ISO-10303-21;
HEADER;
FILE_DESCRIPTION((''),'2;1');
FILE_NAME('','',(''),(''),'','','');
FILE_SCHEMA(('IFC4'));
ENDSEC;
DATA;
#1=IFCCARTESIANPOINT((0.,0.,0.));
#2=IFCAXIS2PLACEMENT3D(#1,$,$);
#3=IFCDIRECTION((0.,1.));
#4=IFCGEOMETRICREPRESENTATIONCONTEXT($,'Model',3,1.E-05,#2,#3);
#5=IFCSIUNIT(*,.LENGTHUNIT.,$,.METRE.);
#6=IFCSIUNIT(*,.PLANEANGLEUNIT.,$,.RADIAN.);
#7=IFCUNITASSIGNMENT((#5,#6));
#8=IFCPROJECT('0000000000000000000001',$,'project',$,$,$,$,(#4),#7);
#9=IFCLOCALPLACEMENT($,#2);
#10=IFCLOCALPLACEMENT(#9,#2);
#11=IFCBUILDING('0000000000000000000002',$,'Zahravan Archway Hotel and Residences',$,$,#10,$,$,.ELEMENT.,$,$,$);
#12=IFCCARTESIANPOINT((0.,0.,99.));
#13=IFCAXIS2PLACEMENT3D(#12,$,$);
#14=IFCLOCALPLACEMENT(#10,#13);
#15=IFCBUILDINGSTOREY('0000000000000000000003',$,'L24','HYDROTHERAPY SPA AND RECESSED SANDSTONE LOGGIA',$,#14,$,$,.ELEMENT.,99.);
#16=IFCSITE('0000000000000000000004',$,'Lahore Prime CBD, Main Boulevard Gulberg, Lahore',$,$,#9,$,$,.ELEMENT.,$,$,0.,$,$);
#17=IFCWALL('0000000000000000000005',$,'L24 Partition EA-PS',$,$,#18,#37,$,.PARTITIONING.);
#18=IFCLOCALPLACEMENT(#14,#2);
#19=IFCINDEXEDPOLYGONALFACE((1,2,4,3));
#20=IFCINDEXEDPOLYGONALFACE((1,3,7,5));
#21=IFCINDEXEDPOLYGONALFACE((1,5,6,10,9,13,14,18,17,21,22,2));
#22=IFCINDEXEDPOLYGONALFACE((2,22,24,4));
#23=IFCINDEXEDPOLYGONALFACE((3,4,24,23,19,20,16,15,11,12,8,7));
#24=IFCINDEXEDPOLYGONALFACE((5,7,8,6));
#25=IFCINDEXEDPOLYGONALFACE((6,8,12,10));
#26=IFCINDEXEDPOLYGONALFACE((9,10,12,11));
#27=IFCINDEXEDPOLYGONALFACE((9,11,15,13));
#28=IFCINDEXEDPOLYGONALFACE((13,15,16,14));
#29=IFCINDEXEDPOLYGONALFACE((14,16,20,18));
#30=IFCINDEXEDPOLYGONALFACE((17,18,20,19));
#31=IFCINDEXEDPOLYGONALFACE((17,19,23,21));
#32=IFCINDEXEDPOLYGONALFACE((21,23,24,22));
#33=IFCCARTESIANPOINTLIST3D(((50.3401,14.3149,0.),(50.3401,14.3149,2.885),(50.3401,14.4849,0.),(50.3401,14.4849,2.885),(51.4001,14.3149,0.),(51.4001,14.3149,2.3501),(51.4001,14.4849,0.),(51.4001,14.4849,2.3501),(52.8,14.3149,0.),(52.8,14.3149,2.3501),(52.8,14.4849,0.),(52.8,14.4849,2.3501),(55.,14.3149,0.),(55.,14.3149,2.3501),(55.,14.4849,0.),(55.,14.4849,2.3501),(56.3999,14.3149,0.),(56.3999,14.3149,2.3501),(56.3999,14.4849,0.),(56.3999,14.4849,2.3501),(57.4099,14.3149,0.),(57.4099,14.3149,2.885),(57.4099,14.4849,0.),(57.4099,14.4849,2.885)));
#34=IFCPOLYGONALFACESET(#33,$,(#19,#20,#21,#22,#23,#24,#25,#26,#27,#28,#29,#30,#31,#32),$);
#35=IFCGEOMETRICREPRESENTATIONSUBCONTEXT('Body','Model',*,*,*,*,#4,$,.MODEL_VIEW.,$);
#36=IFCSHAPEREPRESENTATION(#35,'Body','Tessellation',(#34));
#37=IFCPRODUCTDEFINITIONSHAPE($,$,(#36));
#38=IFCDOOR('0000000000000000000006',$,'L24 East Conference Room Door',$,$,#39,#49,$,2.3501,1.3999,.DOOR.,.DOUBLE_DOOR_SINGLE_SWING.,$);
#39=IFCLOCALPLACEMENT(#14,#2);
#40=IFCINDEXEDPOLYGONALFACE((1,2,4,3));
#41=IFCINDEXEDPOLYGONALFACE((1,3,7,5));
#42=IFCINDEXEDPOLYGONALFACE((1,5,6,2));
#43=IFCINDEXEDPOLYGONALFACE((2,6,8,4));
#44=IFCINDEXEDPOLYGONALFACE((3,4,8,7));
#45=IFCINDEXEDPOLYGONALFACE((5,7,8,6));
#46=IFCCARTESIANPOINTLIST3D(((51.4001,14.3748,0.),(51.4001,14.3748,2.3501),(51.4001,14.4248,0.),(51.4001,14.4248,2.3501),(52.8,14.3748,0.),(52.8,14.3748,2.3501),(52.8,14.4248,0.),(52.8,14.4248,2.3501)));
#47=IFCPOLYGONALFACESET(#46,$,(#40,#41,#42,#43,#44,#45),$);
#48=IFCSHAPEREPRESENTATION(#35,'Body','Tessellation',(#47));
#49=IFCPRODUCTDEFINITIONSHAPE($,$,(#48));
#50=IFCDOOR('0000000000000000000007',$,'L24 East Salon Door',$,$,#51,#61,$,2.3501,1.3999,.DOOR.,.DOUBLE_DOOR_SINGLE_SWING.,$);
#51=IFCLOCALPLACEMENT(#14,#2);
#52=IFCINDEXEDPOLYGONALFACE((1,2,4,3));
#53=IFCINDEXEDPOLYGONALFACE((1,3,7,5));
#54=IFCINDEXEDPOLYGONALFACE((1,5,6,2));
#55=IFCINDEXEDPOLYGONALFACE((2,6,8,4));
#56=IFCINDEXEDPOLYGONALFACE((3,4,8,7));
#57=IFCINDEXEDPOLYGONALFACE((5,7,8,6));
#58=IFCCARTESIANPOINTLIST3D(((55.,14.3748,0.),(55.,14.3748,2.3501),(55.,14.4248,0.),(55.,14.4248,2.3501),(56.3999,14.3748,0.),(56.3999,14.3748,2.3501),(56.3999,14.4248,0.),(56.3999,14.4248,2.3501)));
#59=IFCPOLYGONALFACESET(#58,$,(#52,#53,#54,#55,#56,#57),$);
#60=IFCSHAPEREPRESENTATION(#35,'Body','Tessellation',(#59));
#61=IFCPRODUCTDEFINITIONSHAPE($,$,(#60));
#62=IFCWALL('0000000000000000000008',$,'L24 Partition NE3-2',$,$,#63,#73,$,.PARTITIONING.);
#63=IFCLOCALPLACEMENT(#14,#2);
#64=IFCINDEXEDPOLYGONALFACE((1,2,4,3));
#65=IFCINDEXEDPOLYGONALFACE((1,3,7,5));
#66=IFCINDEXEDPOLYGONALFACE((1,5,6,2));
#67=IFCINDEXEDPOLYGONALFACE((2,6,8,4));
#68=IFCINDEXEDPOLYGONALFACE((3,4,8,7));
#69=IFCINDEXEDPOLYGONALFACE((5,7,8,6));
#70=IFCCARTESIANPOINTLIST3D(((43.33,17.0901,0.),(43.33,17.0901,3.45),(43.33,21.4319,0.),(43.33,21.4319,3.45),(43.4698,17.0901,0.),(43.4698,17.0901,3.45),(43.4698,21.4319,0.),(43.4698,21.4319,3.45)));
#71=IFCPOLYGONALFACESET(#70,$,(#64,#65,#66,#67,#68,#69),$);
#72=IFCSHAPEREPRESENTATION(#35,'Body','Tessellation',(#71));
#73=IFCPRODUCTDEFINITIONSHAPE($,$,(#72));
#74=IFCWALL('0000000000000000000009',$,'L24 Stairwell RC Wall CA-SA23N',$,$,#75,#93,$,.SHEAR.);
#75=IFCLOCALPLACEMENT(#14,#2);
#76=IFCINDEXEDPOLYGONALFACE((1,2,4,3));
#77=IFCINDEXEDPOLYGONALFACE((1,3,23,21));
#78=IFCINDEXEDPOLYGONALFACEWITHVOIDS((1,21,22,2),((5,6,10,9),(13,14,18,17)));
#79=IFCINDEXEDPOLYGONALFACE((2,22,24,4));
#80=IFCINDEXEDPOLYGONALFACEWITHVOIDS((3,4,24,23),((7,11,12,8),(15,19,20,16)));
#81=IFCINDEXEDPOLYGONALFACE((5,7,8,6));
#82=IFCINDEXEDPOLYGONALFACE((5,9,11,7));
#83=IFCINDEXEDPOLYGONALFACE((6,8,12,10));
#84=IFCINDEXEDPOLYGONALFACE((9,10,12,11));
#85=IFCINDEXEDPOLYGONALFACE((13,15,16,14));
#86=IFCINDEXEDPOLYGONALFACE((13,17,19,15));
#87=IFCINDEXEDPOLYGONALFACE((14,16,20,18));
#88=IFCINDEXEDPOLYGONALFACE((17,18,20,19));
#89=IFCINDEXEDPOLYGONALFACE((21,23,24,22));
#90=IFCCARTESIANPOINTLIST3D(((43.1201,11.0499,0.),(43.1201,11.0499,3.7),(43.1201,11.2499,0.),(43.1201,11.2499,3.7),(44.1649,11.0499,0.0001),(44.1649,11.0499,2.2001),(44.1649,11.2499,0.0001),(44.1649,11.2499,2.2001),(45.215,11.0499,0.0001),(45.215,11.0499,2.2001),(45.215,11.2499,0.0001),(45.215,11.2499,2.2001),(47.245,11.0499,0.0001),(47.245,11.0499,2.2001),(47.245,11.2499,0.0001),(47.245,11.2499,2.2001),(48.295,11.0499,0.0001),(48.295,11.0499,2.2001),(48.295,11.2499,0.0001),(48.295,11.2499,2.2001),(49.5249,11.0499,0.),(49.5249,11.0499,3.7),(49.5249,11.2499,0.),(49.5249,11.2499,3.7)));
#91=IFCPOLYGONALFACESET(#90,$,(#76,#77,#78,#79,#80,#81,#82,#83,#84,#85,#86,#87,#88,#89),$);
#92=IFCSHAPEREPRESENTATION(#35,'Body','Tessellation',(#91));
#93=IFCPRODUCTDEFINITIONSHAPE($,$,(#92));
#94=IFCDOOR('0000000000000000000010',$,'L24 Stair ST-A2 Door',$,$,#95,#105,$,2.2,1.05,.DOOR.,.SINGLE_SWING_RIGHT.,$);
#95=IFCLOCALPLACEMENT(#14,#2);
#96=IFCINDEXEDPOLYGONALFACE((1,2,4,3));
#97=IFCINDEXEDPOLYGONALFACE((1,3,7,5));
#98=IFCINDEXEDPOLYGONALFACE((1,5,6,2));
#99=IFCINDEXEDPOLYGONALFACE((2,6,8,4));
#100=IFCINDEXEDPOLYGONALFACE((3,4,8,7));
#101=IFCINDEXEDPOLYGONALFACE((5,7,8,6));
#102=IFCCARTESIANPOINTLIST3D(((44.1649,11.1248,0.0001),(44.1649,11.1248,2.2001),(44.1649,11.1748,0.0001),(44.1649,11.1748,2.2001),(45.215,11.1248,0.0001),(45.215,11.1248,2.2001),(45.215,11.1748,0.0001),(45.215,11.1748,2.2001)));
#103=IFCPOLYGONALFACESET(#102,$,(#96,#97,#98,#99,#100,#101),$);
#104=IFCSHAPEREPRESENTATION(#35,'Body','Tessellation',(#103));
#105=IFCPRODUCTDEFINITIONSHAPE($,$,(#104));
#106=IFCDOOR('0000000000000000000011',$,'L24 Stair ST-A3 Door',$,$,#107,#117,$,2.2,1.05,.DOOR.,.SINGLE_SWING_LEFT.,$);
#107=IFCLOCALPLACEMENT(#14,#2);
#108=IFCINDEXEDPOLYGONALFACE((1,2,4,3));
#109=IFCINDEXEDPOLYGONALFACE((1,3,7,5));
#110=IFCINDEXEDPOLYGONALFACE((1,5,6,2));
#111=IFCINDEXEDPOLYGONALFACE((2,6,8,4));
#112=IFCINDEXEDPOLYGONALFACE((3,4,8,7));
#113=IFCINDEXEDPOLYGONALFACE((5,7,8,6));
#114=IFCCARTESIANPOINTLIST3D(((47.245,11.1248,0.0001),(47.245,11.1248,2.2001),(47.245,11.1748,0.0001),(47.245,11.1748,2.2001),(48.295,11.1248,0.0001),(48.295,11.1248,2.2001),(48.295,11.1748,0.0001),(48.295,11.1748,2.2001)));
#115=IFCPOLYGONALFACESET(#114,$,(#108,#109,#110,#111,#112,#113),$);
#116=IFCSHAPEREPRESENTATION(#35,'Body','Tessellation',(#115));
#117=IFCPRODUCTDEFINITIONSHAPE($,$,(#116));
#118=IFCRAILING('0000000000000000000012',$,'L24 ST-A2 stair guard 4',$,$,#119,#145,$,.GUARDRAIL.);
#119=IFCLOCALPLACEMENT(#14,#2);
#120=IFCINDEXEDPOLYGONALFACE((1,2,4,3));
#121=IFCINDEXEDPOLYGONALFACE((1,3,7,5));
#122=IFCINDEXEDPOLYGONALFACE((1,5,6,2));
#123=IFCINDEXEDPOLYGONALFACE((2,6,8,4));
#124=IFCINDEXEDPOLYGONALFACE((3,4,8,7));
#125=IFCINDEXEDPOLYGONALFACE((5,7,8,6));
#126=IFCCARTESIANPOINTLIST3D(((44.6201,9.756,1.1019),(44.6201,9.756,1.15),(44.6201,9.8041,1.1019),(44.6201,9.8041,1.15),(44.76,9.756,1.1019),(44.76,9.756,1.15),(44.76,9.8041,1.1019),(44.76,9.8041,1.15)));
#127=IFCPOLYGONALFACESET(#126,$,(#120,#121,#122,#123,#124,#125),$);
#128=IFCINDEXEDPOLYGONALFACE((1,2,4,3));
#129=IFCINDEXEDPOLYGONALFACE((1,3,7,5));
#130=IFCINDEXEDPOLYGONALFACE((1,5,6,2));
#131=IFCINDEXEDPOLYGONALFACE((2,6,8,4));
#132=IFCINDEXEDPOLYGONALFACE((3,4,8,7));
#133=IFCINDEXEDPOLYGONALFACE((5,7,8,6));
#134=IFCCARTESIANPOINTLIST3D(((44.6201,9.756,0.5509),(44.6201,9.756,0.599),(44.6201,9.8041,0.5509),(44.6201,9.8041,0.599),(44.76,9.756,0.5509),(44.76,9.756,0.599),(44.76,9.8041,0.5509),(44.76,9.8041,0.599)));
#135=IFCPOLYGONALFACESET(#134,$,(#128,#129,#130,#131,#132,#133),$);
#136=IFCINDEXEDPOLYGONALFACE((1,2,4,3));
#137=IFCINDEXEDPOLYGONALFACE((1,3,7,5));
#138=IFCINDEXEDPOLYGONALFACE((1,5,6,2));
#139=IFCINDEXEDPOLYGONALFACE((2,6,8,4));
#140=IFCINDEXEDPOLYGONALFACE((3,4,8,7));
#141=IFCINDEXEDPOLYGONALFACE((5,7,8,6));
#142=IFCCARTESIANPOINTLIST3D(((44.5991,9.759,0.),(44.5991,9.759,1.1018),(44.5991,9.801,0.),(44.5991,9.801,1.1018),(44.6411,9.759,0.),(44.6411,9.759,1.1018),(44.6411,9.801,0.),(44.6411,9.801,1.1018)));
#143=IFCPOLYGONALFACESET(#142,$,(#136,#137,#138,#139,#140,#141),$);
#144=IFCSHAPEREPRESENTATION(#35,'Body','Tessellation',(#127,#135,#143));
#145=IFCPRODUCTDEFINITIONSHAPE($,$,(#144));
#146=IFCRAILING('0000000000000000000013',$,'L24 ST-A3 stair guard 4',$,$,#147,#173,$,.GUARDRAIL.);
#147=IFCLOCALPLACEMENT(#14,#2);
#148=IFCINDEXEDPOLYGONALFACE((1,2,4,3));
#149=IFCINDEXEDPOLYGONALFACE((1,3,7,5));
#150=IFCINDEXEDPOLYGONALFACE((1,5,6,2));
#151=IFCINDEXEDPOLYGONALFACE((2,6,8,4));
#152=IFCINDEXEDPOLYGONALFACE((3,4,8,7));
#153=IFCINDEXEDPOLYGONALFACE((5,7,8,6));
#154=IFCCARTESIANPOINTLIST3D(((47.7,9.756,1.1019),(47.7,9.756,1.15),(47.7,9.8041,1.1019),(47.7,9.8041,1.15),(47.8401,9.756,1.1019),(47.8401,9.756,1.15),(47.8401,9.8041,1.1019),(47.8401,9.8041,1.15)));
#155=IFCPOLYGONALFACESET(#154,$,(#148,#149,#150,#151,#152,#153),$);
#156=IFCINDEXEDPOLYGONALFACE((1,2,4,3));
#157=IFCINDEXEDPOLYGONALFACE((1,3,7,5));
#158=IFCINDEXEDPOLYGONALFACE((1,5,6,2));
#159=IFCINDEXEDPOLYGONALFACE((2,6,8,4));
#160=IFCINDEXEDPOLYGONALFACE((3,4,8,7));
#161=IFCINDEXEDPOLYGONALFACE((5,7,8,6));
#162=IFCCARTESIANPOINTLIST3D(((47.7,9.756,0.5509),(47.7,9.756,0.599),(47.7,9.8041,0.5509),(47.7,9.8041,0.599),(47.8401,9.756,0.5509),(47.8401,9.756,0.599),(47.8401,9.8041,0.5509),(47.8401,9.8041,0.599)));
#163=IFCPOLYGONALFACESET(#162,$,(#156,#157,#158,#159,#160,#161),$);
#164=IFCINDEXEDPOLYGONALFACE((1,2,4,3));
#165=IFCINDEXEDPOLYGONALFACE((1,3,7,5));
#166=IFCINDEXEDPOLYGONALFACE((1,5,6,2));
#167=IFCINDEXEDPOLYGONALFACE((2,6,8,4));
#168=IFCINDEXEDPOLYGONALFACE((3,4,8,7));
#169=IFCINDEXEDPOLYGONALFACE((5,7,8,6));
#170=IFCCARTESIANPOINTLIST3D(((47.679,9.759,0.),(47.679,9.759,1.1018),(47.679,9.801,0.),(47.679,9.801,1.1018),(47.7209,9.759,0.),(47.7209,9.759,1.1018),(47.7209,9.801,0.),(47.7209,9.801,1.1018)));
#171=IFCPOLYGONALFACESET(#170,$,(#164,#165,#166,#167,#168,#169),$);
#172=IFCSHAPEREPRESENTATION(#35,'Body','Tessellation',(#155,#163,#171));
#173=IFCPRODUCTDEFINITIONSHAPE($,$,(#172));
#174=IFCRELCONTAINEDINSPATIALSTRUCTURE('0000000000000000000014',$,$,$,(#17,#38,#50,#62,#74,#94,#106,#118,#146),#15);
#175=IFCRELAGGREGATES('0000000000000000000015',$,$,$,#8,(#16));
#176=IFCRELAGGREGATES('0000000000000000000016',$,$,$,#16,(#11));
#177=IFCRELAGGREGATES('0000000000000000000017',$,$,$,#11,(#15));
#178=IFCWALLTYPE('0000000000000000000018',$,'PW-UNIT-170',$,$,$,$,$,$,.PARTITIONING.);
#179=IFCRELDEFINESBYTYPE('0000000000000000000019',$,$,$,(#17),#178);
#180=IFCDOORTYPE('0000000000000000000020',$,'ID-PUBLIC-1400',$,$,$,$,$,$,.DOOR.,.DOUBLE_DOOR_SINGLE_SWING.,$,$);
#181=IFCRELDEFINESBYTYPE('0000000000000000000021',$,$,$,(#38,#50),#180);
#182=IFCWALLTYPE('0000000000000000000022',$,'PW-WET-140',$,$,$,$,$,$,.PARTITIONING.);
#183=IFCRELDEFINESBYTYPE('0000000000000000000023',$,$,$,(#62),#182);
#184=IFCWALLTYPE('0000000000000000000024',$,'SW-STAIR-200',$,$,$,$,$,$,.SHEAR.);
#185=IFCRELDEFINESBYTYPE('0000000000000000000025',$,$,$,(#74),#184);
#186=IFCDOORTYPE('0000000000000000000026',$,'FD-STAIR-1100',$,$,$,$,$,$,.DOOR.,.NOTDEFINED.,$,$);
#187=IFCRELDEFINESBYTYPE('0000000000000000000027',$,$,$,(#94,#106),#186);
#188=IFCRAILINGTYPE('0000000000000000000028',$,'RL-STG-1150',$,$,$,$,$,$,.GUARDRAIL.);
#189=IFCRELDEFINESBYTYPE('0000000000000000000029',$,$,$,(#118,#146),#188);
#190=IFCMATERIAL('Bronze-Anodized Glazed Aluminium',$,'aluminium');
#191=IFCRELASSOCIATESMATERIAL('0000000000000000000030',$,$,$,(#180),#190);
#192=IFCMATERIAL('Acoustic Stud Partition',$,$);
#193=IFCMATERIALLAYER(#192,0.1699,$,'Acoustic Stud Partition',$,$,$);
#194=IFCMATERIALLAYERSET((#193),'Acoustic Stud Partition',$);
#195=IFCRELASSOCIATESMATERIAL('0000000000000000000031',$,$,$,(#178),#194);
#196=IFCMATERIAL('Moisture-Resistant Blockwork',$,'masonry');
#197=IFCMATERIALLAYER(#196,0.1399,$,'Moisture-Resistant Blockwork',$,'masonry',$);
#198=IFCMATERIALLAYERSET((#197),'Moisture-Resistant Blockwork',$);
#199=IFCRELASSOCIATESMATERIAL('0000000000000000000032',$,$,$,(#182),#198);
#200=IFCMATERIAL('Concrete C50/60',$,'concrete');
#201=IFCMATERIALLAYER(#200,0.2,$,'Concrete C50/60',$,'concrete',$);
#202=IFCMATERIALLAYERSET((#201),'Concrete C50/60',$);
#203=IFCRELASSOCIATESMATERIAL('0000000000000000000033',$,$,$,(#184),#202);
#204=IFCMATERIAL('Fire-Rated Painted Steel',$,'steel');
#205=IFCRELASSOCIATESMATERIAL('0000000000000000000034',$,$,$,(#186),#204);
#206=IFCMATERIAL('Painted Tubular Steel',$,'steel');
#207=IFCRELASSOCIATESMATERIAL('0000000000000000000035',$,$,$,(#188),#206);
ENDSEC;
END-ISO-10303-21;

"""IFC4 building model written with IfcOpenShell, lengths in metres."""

from ifc_helpers import new_model, si_unit, direction, frame, frame_2d, origin, origin_2d, place, context, subcontext, project, spatial, rectangle, extrude, source, transform, mapped, material, layer, layer_set, type_object, type_shapes, element, fill, save


model = new_model("IFC4")

# Units and contexts
model_context = context("Model", 3, precision=1e-05, world=origin(), true_north=direction((0.0, 1.0)))
body_context = subcontext(model_context, "Body", "Model", "MODEL_VIEW")
ifc_project = project(units=[si_unit("LENGTHUNIT", "METRE"), si_unit("PLANEANGLEUNIT", "RADIAN")], contexts=[model_context])

# Site, building, storey
site_placement = place(None, origin())
site = spatial("IfcSite", under=ifc_project, at=site_placement, Name="Lahore Prime CBD, Main Boulevard Gulberg, Lahore", CompositionType="ELEMENT", RefElevation=0.0)
building_placement = place(site_placement, origin())
building = spatial("IfcBuilding", under=site, at=building_placement, Name="Zahravan Archway Hotel and Residences", CompositionType="ELEMENT")
storey_placement = place(building_placement, frame((0.0, 0.0, 99.0)))
storey = spatial("IfcBuildingStorey", under=building, at=storey_placement, Name="L24", Description="HYDROTHERAPY SPA AND RECESSED SANDSTONE LOGGIA", CompositionType="ELEMENT", Elevation=99.0)

# Shared definitions
ifc_material_1 = material(Name="Fire-Rated Painted Steel", Category="steel")
ifc_material_2 = material(Name="Bronze-Anodized Glazed Aluminium", Category="aluminium")
door_type_1 = type_object("IfcDoorType", Name="ID-PUBLIC-1400", OperationType="DOUBLE_DOOR_SINGLE_SWING", PredefinedType="DOOR", material=ifc_material_2)
shared_shape_1 = source(origin(), body_context, "Body", "SweptSolid", [
    extrude(rectangle(XDim=1.3999, YDim=2.3501, at=frame_2d((0.7, 1.175))), frame((0.0, 0.0249, 0.0), z_axis=(0.0, -1.0, 0.0), x_axis=(1.0, 0.0, 0.0)), (0.0, 0.0, 1.0), 0.05),
])
type_shapes(door_type_1, [shared_shape_1])

# Wall, openings, doors
ifc_material_3 = material(Name="Acoustic Stud Partition")
ifc_layer_1 = layer(ifc_material_3, 0.1699, Name="Acoustic Stud Partition")
ifc_layer_set_1 = layer_set([ifc_layer_1], Name="Acoustic Stud Partition")
wall_type_1 = type_object("IfcWallType", Name="PW-UNIT-170", PredefinedType="PARTITIONING", material=ifc_layer_set_1)
wall_1_placement = place(storey_placement, frame((50.3401, 14.3999, 0.0), z_axis=(0.0, 0.0, 1.0), x_axis=(1.0, 0.0, 0.0)))
wall_1 = element("IfcWall", 1, at=wall_1_placement, inside=storey, type_object=wall_type_1, Name="L24 Partition EA-PS", PredefinedType="PARTITIONING", context=body_context, shape_type="SweptSolid", body=[
    extrude(rectangle(XDim=7.0698, YDim=0.1699, at=frame_2d((3.5349, 0.0))), origin(), (0.0, 0.0, 1.0), 2.885),
])
opening_1_placement = place(wall_1_placement, frame((1.0601, 0.0, 0.0)))
opening_1 = element("IfcOpeningElement", 2, at=opening_1_placement, cuts=wall_1, PredefinedType="OPENING", context=body_context, shape_type="SweptSolid", body=[
    extrude(rectangle(XDim=1.3999, YDim=2.3501, at=frame_2d((0.7, 1.175))), frame((0.0, 0.095, 0.0), z_axis=(0.0, -1.0, 0.0), x_axis=(1.0, 0.0, 0.0)), (0.0, 0.0, 1.0), 0.1899),
])
opening_2_placement = place(wall_1_placement, frame((4.6599, 0.0, 0.0)))
opening_2 = element("IfcOpeningElement", 3, at=opening_2_placement, cuts=wall_1, PredefinedType="OPENING", context=body_context, shape_type="SweptSolid", body=[
    extrude(rectangle(XDim=1.3999, YDim=2.3501, at=frame_2d((0.7, 1.175))), frame((0.0, 0.095, 0.0), z_axis=(0.0, -1.0, 0.0), x_axis=(1.0, 0.0, 0.0)), (0.0, 0.0, 1.0), 0.1899),
])
door_1_placement = place(opening_1_placement, origin())
door_1 = element("IfcDoor", 4, at=door_1_placement, inside=storey, type_object=door_type_1, Name="L24 East Conference Room Door", OperationType="DOUBLE_DOOR_SINGLE_SWING", OverallHeight=2.3501, OverallWidth=1.3999, PredefinedType="DOOR", context=body_context, shape_type="MappedRepresentation", body=[
    mapped(shared_shape_1, transform((0.0, 0.0, 0.0), scale=1.0)),
])
fill(opening_1, door_1)
door_2_placement = place(opening_2_placement, origin())
door_2 = element("IfcDoor", 5, at=door_2_placement, inside=storey, type_object=door_type_1, Name="L24 East Salon Door", OperationType="DOUBLE_DOOR_SINGLE_SWING", OverallHeight=2.3501, OverallWidth=1.3999, PredefinedType="DOOR", context=body_context, shape_type="MappedRepresentation", body=[
    mapped(shared_shape_1, transform((0.0, 0.0, 0.0), scale=1.0)),
])
fill(opening_2, door_2)

# Wall
ifc_material_4 = material(Name="Moisture-Resistant Blockwork", Category="masonry")
ifc_layer_2 = layer(ifc_material_4, 0.1399, Name="Moisture-Resistant Blockwork", Category="masonry")
ifc_layer_set_2 = layer_set([ifc_layer_2], Name="Moisture-Resistant Blockwork")
wall_type_2 = type_object("IfcWallType", Name="PW-WET-140", PredefinedType="PARTITIONING", material=ifc_layer_set_2)
wall_2_placement = place(storey_placement, frame((43.3999, 17.0901, 0.0), z_axis=(0.0, 0.0, 1.0), x_axis=(0.0, 1.0, 0.0)))
element("IfcWall", 6, at=wall_2_placement, inside=storey, type_object=wall_type_2, Name="L24 Partition NE3-2", PredefinedType="PARTITIONING", context=body_context, shape_type="SweptSolid", body=[
    extrude(rectangle(XDim=4.3418, YDim=0.1399, at=frame_2d((2.1709, 0.0))), origin(), (0.0, 0.0, 1.0), 3.45),
])

# Wall, openings, doors
ifc_material_5 = material(Name="Concrete C50/60", Category="concrete")
ifc_layer_3 = layer(ifc_material_5, 0.2, Name="Concrete C50/60", Category="concrete")
ifc_layer_set_3 = layer_set([ifc_layer_3], Name="Concrete C50/60")
wall_type_3 = type_object("IfcWallType", Name="SW-STAIR-200", PredefinedType="SHEAR", material=ifc_layer_set_3)
wall_3_placement = place(storey_placement, frame((43.1201, 11.1499, 0.0), z_axis=(0.0, 0.0, 1.0), x_axis=(1.0, 0.0, 0.0)))
wall_3 = element("IfcWall", 7, at=wall_3_placement, inside=storey, type_object=wall_type_3, Name="L24 Stairwell RC Wall CA-SA23N", PredefinedType="SHEAR", context=body_context, shape_type="SweptSolid", body=[
    extrude(rectangle(XDim=6.4048, YDim=0.2, at=frame_2d((3.2024, 0.0))), origin(), (0.0, 0.0, 1.0), 3.7),
])
opening_3_placement = place(wall_3_placement, frame((1.0449, 0.0, 0.0)))
opening_3 = element("IfcOpeningElement", 8, at=opening_3_placement, cuts=wall_3, PredefinedType="OPENING", context=body_context, shape_type="SweptSolid", body=[
    extrude(rectangle(XDim=1.05, YDim=2.2, at=frame_2d((0.5249, 1.1001))), frame((0.0, 0.1099, 0.0), z_axis=(0.0, -1.0, 0.0), x_axis=(1.0, 0.0, 0.0)), (0.0, 0.0, 1.0), 0.22),
])
opening_4_placement = place(wall_3_placement, frame((4.125, 0.0, 0.0)))
opening_4 = element("IfcOpeningElement", 9, at=opening_4_placement, cuts=wall_3, PredefinedType="OPENING", context=body_context, shape_type="SweptSolid", body=[
    extrude(rectangle(XDim=1.05, YDim=2.2, at=frame_2d((0.5249, 1.1001))), frame((0.0, 0.1099, 0.0), z_axis=(0.0, -1.0, 0.0), x_axis=(1.0, 0.0, 0.0)), (0.0, 0.0, 1.0), 0.22),
])
door_type_2 = type_object("IfcDoorType", Name="FD-STAIR-1100", OperationType="NOTDEFINED", PredefinedType="DOOR", material=ifc_material_1)
shared_shape_2 = source(origin(), body_context, "Body", "SweptSolid", [
    extrude(rectangle(XDim=1.05, YDim=2.2, at=frame_2d((0.5249, 1.1001))), frame((0.0, 0.0249, 0.0), z_axis=(0.0, -1.0, 0.0), x_axis=(1.0, 0.0, 0.0)), (0.0, 0.0, 1.0), 0.05),
])
type_shapes(door_type_2, [shared_shape_2])
door_3_placement = place(opening_3_placement, origin())
door_3 = element("IfcDoor", 10, at=door_3_placement, inside=storey, type_object=door_type_2, Name="L24 Stair ST-A2 Door", OperationType="SINGLE_SWING_RIGHT", OverallHeight=2.2, OverallWidth=1.05, PredefinedType="DOOR", context=body_context, shape_type="MappedRepresentation", body=[
    mapped(shared_shape_2, transform((0.0, 0.0, 0.0), scale=1.0)),
])
fill(opening_3, door_3)
door_4_placement = place(opening_4_placement, origin())
door_4 = element("IfcDoor", 11, at=door_4_placement, inside=storey, type_object=door_type_2, Name="L24 Stair ST-A3 Door", OperationType="SINGLE_SWING_LEFT", OverallHeight=2.2, OverallWidth=1.05, PredefinedType="DOOR", context=body_context, shape_type="MappedRepresentation", body=[
    mapped(shared_shape_2, transform((0.0, 0.0, 0.0), scale=1.0)),
])
fill(opening_4, door_4)

# Railings
ifc_material_6 = material(Name="Painted Tubular Steel", Category="steel")
railing_type_1 = type_object("IfcRailingType", Name="RL-STG-1150", PredefinedType="GUARDRAIL", material=ifc_material_6)
railing_1_placement = place(storey_placement, frame((44.6201, 9.78, 0.0)))
element("IfcRailing", 12, at=railing_1_placement, inside=storey, type_object=railing_type_1, Name="L24 ST-A2 stair guard 4", PredefinedType="GUARDRAIL", context=body_context, shape_type="SweptSolid", body=[
    extrude(rectangle(XDim=0.0481, YDim=0.0481, at=origin_2d()), frame((0.0, 0.0, 1.126), z_axis=(1.0, 0.0, 0.0), x_axis=(0.0, 1.0, 0.0)), (0.0, 0.0, 1.0), 0.1399),
    extrude(rectangle(XDim=0.0481, YDim=0.0481, at=origin_2d()), frame((0.0, 0.0, 0.575), z_axis=(1.0, 0.0, 0.0), x_axis=(0.0, 1.0, 0.0)), (0.0, 0.0, 1.0), 0.1399),
    extrude(rectangle(XDim=0.042, YDim=0.042, at=origin_2d()), origin(), (0.0, 0.0, 1.0), 1.1018),
])
railing_2_placement = place(storey_placement, frame((47.7, 9.78, 0.0)))
element("IfcRailing", 13, at=railing_2_placement, inside=storey, type_object=railing_type_1, Name="L24 ST-A3 stair guard 4", PredefinedType="GUARDRAIL", context=body_context, shape_type="SweptSolid", body=[
    extrude(rectangle(XDim=0.0481, YDim=0.0481, at=origin_2d()), frame((0.0, 0.0, 1.126), z_axis=(1.0, 0.0, 0.0), x_axis=(0.0, 1.0, 0.0)), (0.0, 0.0, 1.0), 0.1401),
    extrude(rectangle(XDim=0.0481, YDim=0.0481, at=origin_2d()), frame((0.0, 0.0, 0.575), z_axis=(1.0, 0.0, 0.0), x_axis=(0.0, 1.0, 0.0)), (0.0, 0.0, 1.0), 0.1401),
    extrude(rectangle(XDim=0.042, YDim=0.042, at=origin_2d()), origin(), (0.0, 0.0, 1.0), 1.1018),
])

save(model, "model.ifc")
